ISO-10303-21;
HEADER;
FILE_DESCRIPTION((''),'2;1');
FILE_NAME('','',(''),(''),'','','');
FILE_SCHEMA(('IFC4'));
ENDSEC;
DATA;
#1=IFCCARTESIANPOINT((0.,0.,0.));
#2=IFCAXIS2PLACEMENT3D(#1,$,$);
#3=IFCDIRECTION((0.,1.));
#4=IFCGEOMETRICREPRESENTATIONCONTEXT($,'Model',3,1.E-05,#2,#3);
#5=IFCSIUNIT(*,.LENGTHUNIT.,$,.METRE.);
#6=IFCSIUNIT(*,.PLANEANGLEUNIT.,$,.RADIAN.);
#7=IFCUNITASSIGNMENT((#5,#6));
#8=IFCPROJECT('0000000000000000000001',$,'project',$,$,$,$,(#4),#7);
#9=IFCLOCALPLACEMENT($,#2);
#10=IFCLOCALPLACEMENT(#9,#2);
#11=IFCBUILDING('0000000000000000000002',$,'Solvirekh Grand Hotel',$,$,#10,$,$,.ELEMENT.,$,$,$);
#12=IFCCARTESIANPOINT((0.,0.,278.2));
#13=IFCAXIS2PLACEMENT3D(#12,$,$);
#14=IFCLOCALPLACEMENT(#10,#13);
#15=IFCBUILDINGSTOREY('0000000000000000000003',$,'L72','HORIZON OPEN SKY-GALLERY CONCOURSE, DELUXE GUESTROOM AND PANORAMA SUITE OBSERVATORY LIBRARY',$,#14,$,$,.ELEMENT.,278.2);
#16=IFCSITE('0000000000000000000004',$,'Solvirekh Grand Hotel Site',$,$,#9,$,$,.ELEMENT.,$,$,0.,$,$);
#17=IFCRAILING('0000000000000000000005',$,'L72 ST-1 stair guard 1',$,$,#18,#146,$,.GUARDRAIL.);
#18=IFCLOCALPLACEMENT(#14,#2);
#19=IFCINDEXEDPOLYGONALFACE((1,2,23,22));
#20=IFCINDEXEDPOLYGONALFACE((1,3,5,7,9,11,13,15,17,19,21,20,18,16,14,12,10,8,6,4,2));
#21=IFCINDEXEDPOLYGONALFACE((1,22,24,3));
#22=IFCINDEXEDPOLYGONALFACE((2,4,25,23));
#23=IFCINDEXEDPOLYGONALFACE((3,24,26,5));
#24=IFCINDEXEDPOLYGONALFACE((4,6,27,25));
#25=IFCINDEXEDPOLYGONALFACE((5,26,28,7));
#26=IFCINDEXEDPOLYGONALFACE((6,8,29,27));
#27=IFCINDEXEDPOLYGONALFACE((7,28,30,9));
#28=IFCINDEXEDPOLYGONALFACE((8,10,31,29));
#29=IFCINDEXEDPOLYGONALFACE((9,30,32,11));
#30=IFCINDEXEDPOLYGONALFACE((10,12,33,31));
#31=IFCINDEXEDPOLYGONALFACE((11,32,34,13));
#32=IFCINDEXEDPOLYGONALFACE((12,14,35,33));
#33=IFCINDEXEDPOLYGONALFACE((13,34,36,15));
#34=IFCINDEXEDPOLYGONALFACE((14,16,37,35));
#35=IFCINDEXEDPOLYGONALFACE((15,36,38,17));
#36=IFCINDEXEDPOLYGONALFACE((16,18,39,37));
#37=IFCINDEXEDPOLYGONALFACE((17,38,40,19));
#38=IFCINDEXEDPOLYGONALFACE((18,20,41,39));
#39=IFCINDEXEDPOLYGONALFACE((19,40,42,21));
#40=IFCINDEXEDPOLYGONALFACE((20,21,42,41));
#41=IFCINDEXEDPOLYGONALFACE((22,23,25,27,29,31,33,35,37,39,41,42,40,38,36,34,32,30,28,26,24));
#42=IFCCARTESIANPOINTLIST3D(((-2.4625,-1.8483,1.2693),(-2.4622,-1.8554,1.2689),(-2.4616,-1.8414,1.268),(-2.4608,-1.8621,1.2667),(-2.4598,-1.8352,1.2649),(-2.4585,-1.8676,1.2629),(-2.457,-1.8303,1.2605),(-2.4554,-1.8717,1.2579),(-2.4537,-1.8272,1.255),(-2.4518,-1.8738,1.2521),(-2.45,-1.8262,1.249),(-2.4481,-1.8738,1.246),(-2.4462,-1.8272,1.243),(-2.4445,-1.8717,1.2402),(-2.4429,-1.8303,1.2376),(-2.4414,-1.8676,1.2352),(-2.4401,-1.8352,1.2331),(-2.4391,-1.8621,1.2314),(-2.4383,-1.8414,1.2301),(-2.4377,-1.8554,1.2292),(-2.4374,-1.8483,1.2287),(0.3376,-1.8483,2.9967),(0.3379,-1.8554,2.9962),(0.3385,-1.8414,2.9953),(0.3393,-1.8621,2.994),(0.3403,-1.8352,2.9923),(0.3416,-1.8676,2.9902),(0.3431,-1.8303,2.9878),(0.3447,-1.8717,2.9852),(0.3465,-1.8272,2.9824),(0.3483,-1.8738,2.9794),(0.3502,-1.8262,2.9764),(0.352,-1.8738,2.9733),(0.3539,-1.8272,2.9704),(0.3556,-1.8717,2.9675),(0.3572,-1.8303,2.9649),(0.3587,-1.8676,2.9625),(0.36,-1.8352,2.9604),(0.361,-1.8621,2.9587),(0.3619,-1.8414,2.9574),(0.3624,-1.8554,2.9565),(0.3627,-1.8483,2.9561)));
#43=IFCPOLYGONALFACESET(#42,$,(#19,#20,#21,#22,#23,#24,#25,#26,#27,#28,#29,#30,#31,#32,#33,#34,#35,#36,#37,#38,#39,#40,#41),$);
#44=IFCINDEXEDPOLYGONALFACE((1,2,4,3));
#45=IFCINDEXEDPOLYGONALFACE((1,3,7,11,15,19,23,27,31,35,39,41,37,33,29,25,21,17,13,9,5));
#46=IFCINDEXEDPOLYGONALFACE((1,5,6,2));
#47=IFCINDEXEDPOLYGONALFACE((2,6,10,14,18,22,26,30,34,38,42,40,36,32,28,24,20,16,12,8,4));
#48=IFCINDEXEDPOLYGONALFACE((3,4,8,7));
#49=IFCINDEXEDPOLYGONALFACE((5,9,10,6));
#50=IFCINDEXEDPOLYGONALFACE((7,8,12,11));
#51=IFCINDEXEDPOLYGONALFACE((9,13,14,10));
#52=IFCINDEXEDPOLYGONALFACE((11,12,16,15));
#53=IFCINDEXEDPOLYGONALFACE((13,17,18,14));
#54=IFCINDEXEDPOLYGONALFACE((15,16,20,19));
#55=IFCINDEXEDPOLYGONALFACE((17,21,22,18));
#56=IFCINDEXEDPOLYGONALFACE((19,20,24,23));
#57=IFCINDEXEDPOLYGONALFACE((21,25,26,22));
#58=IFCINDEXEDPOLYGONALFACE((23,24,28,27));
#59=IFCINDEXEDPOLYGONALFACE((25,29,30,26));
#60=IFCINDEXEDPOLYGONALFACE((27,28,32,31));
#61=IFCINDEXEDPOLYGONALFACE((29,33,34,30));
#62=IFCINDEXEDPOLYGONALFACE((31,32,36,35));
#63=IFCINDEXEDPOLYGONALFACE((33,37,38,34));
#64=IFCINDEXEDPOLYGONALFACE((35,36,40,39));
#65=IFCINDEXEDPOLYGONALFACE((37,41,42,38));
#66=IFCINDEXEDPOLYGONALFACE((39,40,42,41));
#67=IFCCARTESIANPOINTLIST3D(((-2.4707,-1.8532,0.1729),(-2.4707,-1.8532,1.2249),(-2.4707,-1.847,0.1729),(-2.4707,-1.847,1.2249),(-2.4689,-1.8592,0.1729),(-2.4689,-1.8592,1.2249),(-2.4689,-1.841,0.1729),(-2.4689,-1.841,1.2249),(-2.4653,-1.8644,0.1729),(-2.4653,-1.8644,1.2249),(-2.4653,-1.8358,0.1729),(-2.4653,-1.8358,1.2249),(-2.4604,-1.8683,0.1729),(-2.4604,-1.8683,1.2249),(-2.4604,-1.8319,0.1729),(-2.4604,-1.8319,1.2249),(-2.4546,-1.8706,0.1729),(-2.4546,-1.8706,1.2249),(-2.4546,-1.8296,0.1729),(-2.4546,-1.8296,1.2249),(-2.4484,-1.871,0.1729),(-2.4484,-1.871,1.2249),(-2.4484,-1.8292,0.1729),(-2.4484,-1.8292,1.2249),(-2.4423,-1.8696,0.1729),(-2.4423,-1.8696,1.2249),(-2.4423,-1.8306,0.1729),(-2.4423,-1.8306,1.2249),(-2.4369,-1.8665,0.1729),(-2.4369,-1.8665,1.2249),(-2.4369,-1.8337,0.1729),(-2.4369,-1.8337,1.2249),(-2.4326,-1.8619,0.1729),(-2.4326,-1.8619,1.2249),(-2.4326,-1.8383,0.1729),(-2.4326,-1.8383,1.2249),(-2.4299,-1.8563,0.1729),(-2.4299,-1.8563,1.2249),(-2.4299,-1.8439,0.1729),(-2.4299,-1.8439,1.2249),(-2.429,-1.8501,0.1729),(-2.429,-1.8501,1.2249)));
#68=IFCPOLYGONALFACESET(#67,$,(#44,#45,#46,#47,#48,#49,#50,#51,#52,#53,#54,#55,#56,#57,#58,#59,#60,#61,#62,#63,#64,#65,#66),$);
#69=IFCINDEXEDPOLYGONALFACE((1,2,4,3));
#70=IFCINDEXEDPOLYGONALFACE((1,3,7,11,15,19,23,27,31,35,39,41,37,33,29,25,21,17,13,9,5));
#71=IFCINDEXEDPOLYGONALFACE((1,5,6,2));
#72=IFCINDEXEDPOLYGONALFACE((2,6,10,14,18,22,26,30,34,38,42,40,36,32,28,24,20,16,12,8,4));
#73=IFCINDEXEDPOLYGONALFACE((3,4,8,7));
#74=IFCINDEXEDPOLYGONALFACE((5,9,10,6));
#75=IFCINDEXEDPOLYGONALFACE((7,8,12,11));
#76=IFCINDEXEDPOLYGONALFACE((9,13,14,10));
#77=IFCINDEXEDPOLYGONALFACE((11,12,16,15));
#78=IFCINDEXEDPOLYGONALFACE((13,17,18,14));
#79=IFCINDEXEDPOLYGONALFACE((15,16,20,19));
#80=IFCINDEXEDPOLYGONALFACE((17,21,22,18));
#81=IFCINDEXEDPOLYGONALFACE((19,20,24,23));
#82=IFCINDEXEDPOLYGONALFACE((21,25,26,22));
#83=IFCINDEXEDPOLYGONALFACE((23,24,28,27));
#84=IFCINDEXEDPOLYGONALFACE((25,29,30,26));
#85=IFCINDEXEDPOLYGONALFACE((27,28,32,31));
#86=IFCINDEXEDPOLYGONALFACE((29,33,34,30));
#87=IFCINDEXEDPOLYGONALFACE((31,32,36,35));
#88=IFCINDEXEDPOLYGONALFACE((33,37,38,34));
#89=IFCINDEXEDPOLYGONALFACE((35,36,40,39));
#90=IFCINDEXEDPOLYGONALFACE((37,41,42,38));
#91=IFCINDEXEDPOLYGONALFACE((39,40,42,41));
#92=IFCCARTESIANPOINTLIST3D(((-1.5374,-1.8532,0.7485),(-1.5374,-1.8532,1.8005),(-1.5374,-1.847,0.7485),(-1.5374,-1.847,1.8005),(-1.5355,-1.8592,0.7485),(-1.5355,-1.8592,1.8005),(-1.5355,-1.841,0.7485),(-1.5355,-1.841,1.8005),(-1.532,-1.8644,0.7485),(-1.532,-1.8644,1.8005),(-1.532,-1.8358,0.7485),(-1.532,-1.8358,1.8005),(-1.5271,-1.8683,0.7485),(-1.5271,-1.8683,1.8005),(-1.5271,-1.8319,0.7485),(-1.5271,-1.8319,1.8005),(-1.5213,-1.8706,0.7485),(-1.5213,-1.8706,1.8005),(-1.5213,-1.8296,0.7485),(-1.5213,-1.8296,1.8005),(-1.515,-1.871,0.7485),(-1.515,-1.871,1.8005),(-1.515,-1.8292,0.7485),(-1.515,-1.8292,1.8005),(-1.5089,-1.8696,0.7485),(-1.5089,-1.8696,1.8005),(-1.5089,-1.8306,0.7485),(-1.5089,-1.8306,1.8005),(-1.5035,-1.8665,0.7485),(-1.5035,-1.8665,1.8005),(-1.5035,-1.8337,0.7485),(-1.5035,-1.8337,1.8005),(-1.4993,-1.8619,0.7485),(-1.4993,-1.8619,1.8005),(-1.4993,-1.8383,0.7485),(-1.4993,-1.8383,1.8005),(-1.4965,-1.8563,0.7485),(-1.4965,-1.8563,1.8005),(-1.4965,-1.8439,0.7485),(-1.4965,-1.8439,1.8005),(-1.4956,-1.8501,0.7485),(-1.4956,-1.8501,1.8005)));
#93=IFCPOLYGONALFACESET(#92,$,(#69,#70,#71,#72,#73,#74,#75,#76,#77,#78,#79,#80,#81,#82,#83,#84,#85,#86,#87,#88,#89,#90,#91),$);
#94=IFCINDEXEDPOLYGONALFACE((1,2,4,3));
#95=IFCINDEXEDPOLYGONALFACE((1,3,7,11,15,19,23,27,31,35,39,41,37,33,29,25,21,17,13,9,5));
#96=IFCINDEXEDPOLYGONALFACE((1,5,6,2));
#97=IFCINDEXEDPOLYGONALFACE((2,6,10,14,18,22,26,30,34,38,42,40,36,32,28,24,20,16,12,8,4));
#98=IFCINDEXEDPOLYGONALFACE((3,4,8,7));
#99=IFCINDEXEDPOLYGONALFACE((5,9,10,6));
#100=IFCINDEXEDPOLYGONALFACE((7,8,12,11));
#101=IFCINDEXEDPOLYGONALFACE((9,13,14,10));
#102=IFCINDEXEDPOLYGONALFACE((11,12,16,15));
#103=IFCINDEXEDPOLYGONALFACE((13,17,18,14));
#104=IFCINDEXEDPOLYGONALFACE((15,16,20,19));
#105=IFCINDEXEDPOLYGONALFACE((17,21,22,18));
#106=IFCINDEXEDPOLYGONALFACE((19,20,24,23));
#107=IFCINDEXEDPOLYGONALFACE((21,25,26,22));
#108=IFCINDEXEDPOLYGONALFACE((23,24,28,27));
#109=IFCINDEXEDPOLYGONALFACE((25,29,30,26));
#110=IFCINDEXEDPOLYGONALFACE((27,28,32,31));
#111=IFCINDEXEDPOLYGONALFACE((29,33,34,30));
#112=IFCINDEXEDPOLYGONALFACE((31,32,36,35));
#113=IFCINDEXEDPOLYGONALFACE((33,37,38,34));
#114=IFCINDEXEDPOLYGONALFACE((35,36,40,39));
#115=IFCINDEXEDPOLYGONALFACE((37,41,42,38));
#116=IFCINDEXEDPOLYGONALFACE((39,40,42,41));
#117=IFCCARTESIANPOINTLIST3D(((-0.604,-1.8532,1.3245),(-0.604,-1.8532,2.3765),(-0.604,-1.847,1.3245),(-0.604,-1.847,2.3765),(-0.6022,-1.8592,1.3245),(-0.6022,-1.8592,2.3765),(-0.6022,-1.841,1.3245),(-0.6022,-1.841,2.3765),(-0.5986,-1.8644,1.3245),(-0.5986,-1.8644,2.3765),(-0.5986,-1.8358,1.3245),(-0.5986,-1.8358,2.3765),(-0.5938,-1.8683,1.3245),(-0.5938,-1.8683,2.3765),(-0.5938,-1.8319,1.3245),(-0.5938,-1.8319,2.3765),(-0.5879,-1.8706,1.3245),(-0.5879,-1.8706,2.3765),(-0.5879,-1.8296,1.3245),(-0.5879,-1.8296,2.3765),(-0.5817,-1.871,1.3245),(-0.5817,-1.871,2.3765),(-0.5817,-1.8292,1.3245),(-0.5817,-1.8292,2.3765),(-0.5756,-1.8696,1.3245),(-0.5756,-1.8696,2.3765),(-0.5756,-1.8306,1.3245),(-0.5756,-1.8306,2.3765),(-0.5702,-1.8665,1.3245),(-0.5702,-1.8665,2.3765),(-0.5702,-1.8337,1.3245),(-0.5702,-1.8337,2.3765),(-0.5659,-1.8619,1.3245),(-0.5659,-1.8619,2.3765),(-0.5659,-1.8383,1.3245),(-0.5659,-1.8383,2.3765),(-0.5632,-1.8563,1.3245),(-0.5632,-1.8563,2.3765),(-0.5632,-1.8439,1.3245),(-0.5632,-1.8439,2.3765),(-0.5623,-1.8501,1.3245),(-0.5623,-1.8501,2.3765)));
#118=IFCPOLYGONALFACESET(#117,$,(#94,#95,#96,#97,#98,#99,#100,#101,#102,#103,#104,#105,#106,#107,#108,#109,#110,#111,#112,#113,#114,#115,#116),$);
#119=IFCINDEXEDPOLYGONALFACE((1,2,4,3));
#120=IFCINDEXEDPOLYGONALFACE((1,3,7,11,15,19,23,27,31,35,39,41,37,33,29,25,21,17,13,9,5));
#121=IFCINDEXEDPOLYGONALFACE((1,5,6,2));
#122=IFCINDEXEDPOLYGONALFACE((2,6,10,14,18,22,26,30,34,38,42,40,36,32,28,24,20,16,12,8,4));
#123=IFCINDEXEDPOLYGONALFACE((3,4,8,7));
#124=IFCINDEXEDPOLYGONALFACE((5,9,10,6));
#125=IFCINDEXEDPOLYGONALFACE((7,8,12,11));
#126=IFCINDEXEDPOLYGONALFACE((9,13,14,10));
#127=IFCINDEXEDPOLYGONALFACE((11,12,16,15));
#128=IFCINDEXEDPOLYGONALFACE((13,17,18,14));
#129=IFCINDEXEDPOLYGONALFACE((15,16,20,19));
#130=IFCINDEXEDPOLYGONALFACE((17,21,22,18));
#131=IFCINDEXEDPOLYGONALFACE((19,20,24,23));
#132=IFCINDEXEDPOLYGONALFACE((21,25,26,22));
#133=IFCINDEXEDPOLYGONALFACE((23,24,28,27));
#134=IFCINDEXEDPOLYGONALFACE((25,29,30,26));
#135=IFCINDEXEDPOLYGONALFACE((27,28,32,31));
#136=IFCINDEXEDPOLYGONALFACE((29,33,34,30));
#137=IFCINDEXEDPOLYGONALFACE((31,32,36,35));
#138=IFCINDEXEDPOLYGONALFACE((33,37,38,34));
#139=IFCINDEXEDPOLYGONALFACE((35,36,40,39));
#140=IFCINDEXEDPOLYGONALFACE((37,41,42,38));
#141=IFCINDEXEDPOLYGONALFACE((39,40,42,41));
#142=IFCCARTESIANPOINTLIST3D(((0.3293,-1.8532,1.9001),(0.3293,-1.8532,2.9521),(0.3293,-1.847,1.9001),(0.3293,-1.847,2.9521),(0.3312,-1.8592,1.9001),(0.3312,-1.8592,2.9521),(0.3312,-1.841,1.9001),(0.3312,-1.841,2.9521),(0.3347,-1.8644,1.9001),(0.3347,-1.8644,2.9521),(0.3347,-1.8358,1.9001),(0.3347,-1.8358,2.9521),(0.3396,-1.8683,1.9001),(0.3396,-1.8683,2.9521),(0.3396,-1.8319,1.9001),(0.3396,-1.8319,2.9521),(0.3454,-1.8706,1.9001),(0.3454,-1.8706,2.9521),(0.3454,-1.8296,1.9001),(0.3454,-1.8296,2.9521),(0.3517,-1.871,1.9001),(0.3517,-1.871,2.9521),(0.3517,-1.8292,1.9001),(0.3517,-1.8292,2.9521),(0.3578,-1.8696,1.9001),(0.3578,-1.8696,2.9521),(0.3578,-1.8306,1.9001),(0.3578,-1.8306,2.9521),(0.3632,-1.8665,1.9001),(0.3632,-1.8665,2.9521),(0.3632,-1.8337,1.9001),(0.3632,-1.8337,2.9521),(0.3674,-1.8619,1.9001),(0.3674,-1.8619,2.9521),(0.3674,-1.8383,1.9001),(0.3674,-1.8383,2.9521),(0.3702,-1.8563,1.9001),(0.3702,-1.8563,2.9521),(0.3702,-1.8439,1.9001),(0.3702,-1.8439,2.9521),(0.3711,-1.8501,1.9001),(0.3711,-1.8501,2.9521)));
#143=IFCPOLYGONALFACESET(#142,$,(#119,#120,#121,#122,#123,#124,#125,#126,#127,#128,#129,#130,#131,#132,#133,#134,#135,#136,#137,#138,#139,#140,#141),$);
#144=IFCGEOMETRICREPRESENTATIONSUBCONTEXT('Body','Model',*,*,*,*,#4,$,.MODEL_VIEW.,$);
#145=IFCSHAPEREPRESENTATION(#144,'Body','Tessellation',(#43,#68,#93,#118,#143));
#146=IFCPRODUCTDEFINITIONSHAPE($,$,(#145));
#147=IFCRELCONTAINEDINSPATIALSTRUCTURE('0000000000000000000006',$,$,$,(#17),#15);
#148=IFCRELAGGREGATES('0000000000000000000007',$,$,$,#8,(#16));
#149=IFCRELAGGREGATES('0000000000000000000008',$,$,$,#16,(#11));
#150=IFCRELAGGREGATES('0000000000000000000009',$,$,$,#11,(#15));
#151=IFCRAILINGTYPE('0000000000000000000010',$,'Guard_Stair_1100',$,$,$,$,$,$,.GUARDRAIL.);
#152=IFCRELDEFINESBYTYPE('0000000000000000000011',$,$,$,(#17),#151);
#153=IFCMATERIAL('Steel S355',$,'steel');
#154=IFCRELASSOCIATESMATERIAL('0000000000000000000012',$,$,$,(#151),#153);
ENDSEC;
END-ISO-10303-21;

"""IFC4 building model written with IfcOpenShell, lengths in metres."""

from ifc_helpers import new_model, si_unit, direction, frame, origin, origin_2d, place, context, subcontext, project, spatial, circle, extrude, material, type_object, element, save


model = new_model("IFC4")

# Units and contexts
model_context = context("Model", 3, precision=1e-05, world=origin(), true_north=direction((0.0, 1.0)))
body_context = subcontext(model_context, "Body", "Model", "MODEL_VIEW")
ifc_project = project(units=[si_unit("LENGTHUNIT", "METRE"), si_unit("PLANEANGLEUNIT", "RADIAN")], contexts=[model_context])

# Site, building, storey
site_placement = place(None, origin())
site = spatial("IfcSite", under=ifc_project, at=site_placement, Name="Solvirekh Grand Hotel Site", CompositionType="ELEMENT", RefElevation=0.0)
building_placement = place(site_placement, origin())
building = spatial("IfcBuilding", under=site, at=building_placement, Name="Solvirekh Grand Hotel", CompositionType="ELEMENT")
storey_placement = place(building_placement, frame((0.0, 0.0, 278.2)))
storey = spatial("IfcBuildingStorey", under=building, at=storey_placement, Name="L72", Description="HORIZON OPEN SKY-GALLERY CONCOURSE, DELUXE GUESTROOM AND PANORAMA SUITE OBSERVATORY LIBRARY", CompositionType="ELEMENT", Elevation=278.2)

# Shared definitions
ifc_material_1 = material(Name="Steel S355", Category="steel")

# Railing
railing_type_1 = type_object("IfcRailingType", Name="Guard_Stair_1100", PredefinedType="GUARDRAIL", material=ifc_material_1)
railing_1_placement = place(storey_placement, frame((-2.45, -1.8501, 0.1729)))
element("IfcRailing", 1, at=railing_1_placement, inside=storey, type_object=railing_type_1, Name="L72 ST-1 stair guard 1", PredefinedType="GUARDRAIL", context=body_context, shape_type="SweptSolid", body=[
    extrude(circle(Radius=0.0239, at=origin_2d()), frame((0.0, 0.0, 1.0762), z_axis=(0.85109, 0.0, 0.52502), x_axis=(0.0, 1.0, 0.0)), (0.0, 0.0, 1.0), 3.29),
    extrude(circle(Radius=0.021, at=origin_2d()), origin(), (0.0, 0.0, 1.0), 1.052),
    extrude(circle(Radius=0.021, at=origin_2d()), frame((0.9333, 0.0, 0.5757)), (0.0, 0.0, 1.0), 1.052),
    extrude(circle(Radius=0.021, at=origin_2d()), frame((1.8667, 0.0, 1.1516)), (0.0, 0.0, 1.0), 1.052),
    extrude(circle(Radius=0.021, at=origin_2d()), frame((2.8, 0.0, 1.7273)), (0.0, 0.0, 1.0), 1.052),
])

save(model, "model.ifc")
